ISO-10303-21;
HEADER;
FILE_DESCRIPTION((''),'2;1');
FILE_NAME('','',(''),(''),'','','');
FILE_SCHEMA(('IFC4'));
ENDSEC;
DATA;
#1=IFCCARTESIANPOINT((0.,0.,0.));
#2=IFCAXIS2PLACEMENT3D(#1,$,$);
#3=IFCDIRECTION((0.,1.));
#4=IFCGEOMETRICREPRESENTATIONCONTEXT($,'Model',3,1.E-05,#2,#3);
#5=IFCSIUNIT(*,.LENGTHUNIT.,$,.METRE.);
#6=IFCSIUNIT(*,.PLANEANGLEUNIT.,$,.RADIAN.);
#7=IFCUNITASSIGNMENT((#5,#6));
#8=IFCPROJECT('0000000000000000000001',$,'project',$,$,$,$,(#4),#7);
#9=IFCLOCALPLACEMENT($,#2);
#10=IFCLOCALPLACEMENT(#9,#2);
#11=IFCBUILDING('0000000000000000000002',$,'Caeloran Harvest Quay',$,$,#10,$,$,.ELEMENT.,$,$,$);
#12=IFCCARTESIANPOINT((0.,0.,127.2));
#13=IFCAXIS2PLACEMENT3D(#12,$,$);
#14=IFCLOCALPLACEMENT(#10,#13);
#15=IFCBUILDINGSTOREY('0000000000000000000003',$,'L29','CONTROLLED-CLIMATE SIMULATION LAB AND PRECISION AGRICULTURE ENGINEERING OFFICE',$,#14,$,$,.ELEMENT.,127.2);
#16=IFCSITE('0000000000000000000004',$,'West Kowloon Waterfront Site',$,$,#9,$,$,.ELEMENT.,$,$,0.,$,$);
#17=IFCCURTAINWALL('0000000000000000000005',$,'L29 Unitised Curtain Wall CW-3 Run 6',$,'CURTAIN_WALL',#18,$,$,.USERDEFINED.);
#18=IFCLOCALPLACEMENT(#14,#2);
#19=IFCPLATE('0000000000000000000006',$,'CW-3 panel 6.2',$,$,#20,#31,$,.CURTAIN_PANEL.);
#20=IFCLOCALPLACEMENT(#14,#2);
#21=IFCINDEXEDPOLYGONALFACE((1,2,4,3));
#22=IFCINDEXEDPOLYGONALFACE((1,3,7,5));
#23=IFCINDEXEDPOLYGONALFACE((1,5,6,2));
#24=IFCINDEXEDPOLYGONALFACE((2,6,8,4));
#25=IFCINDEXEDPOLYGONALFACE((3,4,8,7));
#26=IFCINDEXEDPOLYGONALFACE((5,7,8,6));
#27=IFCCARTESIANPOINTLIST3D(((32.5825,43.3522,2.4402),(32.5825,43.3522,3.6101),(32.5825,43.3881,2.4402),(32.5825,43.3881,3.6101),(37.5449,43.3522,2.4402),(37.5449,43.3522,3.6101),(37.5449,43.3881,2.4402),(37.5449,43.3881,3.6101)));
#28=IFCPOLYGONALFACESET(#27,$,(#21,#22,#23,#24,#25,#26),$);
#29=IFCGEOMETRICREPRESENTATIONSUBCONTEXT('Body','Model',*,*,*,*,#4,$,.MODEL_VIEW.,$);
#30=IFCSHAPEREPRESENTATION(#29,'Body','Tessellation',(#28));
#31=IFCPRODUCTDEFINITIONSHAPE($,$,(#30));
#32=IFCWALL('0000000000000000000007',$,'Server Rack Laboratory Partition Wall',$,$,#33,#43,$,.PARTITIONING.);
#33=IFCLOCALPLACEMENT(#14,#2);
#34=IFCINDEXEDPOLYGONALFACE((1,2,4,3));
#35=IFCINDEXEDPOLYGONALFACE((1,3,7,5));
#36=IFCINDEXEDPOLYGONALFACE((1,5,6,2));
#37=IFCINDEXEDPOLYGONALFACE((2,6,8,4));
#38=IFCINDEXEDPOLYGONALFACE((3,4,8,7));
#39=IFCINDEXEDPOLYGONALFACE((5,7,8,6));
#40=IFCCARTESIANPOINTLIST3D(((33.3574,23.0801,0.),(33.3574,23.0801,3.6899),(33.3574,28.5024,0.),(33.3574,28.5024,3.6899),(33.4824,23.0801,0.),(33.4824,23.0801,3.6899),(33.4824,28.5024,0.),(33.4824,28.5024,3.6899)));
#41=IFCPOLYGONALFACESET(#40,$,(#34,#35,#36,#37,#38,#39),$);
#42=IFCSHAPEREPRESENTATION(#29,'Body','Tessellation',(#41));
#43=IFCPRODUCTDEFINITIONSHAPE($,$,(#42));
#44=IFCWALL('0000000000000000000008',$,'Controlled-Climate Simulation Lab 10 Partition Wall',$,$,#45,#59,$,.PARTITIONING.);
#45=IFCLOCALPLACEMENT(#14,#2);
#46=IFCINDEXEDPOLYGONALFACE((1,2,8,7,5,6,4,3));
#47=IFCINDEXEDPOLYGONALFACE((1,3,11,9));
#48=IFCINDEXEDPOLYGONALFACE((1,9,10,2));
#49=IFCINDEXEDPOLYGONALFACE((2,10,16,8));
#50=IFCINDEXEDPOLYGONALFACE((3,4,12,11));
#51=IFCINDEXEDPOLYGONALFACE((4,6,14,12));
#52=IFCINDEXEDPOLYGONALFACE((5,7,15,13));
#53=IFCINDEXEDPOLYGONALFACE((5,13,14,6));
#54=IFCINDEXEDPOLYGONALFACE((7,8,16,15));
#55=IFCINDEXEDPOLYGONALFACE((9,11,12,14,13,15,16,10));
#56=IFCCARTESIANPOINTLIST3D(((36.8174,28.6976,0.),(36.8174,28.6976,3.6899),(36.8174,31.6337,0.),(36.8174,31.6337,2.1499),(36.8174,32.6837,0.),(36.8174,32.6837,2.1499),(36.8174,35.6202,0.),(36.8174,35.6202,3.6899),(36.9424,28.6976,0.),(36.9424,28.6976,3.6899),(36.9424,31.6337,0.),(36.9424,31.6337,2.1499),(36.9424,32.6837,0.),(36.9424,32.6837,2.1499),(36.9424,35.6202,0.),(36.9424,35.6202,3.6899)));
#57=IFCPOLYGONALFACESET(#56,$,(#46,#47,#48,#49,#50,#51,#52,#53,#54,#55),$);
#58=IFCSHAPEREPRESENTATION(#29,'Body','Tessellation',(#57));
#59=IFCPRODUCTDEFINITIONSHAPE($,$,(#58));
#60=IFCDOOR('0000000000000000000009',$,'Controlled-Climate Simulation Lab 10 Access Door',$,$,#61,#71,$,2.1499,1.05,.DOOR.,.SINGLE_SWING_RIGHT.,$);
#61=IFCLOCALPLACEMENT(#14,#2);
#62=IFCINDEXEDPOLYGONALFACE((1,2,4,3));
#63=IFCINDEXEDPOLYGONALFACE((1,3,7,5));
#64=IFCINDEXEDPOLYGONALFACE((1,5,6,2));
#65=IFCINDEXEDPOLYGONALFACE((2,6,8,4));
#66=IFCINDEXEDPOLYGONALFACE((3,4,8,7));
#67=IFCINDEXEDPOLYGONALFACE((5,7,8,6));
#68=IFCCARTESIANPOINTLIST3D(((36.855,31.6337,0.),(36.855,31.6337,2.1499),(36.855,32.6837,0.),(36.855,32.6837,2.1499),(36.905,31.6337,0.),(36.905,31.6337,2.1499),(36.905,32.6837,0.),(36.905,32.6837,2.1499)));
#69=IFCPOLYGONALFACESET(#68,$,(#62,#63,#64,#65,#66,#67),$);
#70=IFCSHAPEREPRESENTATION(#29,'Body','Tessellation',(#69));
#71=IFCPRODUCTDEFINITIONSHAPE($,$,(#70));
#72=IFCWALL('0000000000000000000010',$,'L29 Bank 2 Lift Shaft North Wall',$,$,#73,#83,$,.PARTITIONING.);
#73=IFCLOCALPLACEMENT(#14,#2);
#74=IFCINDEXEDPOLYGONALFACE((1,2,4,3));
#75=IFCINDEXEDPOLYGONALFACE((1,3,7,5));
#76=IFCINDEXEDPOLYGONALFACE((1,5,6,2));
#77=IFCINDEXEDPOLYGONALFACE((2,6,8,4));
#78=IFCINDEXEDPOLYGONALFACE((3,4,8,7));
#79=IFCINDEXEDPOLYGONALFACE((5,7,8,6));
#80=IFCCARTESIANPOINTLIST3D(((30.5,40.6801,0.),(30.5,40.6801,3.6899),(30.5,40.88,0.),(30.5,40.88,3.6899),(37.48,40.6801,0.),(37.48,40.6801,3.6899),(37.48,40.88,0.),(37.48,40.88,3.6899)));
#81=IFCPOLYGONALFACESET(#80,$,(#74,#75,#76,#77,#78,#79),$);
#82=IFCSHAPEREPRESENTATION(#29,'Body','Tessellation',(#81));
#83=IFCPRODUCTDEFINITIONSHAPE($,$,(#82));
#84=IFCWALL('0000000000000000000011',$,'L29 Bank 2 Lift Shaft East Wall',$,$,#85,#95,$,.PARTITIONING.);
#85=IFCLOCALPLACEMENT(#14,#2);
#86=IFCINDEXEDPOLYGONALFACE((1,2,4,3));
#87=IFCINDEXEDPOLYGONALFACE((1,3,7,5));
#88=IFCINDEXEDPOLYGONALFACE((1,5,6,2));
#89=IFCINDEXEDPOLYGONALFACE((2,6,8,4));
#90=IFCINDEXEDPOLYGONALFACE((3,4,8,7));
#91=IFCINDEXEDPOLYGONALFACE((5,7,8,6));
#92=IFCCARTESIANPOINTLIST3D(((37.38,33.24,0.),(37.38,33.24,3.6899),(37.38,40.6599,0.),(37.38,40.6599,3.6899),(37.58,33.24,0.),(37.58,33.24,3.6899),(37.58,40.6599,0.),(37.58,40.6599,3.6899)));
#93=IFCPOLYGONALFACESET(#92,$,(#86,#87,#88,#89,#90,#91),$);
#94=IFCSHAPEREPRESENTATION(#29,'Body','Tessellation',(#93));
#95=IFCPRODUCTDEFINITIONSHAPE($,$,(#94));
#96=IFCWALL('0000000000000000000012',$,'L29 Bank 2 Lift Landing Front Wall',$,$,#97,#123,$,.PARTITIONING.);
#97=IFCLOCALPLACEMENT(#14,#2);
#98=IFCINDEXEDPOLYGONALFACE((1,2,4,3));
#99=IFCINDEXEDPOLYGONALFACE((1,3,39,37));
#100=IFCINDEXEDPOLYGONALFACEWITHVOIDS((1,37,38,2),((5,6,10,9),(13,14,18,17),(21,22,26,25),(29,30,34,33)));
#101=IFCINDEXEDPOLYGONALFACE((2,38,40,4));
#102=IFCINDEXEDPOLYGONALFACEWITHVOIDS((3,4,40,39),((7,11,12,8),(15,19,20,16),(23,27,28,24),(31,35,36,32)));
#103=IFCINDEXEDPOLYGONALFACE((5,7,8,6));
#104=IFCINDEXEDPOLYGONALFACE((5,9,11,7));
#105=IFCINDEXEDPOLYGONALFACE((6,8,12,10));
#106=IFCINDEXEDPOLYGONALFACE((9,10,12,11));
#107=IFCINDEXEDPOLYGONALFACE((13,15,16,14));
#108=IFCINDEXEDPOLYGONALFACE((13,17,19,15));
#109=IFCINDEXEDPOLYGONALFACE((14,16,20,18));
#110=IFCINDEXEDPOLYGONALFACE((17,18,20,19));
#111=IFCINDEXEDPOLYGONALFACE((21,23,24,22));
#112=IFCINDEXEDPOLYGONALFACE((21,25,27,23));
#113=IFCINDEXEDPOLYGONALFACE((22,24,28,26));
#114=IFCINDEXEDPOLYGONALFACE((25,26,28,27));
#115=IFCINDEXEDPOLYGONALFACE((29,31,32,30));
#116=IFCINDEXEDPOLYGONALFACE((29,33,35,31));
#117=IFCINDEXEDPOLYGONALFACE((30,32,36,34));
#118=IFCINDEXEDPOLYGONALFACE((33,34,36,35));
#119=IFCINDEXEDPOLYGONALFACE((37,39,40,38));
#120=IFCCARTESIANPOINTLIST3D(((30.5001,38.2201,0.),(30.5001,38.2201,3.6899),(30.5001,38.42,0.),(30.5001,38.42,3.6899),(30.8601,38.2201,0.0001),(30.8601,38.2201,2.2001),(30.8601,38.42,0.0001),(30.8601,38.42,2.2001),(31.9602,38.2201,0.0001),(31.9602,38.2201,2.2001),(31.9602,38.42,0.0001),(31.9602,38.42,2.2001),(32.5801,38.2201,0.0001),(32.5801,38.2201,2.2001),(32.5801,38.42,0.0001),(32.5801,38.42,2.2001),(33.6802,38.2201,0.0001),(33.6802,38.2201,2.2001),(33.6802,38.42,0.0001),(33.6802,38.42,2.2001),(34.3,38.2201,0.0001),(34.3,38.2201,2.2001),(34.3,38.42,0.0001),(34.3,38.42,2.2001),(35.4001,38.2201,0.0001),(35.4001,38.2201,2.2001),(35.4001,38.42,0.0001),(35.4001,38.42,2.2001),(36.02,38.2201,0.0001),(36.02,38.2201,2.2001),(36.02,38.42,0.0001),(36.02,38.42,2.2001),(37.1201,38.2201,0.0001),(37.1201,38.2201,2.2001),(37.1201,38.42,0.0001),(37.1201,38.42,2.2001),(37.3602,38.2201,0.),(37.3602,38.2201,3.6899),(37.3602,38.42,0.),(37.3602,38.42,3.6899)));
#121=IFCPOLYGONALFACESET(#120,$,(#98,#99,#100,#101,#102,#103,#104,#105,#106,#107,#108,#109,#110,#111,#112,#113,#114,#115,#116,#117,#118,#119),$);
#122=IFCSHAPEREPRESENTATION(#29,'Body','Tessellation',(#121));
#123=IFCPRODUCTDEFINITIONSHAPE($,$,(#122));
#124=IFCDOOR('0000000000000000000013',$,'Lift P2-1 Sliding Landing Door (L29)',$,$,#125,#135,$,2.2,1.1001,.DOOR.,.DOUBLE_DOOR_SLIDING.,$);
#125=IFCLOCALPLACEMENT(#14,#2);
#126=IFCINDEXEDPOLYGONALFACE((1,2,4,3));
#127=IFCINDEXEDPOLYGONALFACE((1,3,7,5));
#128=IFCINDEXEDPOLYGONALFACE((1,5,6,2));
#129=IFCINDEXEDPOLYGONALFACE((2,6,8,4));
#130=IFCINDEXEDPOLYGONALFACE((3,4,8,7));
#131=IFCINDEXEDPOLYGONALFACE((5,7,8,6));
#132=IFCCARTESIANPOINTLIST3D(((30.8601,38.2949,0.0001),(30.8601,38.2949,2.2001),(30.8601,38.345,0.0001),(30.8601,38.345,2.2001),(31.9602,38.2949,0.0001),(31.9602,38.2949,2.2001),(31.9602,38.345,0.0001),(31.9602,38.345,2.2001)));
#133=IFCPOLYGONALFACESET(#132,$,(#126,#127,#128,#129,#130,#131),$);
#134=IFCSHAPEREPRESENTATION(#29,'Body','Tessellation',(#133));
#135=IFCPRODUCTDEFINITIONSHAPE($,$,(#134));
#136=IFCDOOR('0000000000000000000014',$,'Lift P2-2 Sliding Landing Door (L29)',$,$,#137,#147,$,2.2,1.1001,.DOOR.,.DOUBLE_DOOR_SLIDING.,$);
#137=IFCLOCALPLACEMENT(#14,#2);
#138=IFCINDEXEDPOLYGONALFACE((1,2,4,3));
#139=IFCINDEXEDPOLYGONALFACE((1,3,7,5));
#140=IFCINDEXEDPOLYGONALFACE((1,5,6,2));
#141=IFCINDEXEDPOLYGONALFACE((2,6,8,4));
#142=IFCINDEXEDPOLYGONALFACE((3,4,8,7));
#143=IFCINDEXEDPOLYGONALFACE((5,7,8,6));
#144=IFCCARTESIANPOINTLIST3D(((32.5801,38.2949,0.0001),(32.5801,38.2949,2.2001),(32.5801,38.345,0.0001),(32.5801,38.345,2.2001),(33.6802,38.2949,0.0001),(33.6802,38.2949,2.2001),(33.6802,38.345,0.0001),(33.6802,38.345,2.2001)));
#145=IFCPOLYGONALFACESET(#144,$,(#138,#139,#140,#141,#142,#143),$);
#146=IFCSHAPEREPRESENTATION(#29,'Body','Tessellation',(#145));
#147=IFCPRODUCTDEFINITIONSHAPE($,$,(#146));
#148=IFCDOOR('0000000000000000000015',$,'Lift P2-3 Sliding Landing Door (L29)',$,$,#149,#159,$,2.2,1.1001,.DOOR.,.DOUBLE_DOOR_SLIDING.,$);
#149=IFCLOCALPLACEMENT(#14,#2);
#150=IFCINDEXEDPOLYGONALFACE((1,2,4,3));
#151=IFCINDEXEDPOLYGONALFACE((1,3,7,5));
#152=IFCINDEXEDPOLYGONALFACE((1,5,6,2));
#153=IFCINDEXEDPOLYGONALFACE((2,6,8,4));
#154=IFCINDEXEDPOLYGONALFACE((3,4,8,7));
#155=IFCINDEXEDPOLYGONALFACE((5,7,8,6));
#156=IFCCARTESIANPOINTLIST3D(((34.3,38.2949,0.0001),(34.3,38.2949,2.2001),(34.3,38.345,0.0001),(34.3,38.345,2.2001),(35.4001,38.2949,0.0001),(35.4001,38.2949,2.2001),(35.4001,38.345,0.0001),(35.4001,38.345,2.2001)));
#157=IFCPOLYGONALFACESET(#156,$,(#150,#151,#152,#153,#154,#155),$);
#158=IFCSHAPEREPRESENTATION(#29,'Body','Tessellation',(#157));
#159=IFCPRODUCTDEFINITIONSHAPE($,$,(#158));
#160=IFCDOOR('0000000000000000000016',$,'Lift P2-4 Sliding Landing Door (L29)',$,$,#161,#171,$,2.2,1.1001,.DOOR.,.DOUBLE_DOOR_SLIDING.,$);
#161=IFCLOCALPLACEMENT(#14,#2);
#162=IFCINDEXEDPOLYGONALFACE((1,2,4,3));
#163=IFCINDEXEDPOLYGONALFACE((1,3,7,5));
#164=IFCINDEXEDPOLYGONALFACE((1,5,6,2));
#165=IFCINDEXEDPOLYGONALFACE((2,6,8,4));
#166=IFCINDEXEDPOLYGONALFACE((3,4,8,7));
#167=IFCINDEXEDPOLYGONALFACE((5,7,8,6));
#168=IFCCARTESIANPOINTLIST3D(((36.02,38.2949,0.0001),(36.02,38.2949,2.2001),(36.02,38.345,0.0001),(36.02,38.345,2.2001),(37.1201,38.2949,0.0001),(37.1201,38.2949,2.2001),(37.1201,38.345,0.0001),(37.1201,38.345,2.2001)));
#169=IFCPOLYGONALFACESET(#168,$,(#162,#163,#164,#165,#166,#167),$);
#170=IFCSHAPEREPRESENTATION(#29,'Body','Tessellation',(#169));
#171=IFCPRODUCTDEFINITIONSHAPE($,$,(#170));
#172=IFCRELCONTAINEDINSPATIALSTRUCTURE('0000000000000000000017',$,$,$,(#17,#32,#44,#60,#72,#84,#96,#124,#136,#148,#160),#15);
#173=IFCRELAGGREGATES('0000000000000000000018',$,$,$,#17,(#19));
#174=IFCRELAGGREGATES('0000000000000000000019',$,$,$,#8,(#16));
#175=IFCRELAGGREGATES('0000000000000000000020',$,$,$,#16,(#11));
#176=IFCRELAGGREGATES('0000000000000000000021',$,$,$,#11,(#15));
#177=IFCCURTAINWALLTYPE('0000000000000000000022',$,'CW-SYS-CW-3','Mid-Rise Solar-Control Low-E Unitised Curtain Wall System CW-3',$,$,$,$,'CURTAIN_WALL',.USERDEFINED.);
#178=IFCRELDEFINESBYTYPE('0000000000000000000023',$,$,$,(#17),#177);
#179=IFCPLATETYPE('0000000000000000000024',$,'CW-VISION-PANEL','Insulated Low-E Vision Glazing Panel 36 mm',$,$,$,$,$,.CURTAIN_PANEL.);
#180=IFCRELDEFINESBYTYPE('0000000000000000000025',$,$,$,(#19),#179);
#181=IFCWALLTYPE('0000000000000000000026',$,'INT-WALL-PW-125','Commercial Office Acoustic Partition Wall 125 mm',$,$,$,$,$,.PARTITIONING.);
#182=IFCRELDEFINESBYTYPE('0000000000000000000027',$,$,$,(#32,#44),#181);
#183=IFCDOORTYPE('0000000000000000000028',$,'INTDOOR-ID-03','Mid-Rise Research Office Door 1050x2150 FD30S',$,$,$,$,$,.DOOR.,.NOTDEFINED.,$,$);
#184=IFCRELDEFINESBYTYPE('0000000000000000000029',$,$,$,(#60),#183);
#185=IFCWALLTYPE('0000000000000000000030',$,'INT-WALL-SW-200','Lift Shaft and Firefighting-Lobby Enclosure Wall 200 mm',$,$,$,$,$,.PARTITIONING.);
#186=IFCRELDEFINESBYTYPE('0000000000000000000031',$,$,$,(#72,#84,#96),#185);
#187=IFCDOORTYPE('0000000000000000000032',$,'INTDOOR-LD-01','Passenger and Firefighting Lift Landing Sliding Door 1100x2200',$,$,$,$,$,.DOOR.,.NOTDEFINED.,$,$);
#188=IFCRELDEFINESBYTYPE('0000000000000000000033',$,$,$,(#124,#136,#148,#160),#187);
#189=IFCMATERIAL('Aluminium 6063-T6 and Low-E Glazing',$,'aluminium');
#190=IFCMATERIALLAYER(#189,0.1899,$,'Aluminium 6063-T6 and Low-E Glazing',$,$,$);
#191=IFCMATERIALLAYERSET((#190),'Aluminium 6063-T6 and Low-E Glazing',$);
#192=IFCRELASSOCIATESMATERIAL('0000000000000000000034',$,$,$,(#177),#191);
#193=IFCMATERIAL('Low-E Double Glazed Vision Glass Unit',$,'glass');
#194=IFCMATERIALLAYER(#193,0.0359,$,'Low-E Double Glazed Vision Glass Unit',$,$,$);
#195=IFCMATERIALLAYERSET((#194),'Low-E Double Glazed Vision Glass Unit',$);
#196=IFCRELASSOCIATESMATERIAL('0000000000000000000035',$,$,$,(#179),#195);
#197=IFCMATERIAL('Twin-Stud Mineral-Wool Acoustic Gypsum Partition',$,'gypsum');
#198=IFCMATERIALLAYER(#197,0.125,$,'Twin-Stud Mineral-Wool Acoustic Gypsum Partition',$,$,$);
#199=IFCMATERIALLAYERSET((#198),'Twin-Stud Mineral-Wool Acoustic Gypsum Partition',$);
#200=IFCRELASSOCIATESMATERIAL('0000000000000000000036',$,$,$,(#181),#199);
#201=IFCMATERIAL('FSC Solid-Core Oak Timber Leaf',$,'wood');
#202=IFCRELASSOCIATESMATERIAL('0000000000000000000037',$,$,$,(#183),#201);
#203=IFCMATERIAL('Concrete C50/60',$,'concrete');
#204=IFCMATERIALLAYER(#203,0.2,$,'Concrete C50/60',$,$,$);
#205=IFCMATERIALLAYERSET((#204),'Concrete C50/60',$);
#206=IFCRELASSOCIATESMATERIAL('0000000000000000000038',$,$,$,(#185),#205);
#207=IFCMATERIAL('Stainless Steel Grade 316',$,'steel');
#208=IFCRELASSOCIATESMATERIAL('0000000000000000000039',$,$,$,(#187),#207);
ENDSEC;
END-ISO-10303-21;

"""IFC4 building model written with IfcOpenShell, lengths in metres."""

from ifc_helpers import new_model, si_unit, direction, frame, frame_2d, origin, origin_2d, place, context, subcontext, project, spatial, rectangle, extrude, material, layer, layer_set, type_object, element, fill, aggregate, save


model = new_model("IFC4")

# Units and contexts
model_context = context("Model", 3, precision=1e-05, world=origin(), true_north=direction((0.0, 1.0)))
body_context = subcontext(model_context, "Body", "Model", "MODEL_VIEW")
ifc_project = project(units=[si_unit("LENGTHUNIT", "METRE"), si_unit("PLANEANGLEUNIT", "RADIAN")], contexts=[model_context])

# Site, building, storey
site_placement = place(None, origin())
site = spatial("IfcSite", under=ifc_project, at=site_placement, Name="West Kowloon Waterfront Site", CompositionType="ELEMENT", RefElevation=0.0)
building_placement = place(site_placement, origin())
building = spatial("IfcBuilding", under=site, at=building_placement, Name="Caeloran Harvest Quay", CompositionType="ELEMENT")
storey_placement = place(building_placement, frame((0.0, 0.0, 127.2)))
storey = spatial("IfcBuildingStorey", under=building, at=storey_placement, Name="L29", Description="CONTROLLED-CLIMATE SIMULATION LAB AND PRECISION AGRICULTURE ENGINEERING OFFICE", CompositionType="ELEMENT", Elevation=127.2)

# Curtain wall, plate
ifc_material_1 = material(Name="Aluminium 6063-T6 and Low-E Glazing", Category="aluminium")
ifc_layer_1 = layer(ifc_material_1, 0.1899, Name="Aluminium 6063-T6 and Low-E Glazing")
ifc_layer_set_1 = layer_set([ifc_layer_1], Name="Aluminium 6063-T6 and Low-E Glazing")
curtain_wall_type = type_object("IfcCurtainWallType", Name="CW-SYS-CW-3", Description="Mid-Rise Solar-Control Low-E Unitised Curtain Wall System CW-3", ElementType="CURTAIN_WALL", PredefinedType="USERDEFINED", material=ifc_layer_set_1)
curtain_wall_placement = place(storey_placement, origin())
curtain_wall = element("IfcCurtainWall", 1, at=curtain_wall_placement, inside=storey, type_object=curtain_wall_type, Name="L29 Unitised Curtain Wall CW-3 Run 6", ObjectType="CURTAIN_WALL", PredefinedType="USERDEFINED")
ifc_material_2 = material(Name="Low-E Double Glazed Vision Glass Unit", Category="glass")
ifc_layer_2 = layer(ifc_material_2, 0.0359, Name="Low-E Double Glazed Vision Glass Unit")
ifc_layer_set_2 = layer_set([ifc_layer_2], Name="Low-E Double Glazed Vision Glass Unit")
plate_type = type_object("IfcPlateType", Name="CW-VISION-PANEL", Description="Insulated Low-E Vision Glazing Panel 36 mm", PredefinedType="CURTAIN_PANEL", material=ifc_layer_set_2)
plate_1_placement = place(storey_placement, frame((35.0637, 43.3701, 2.4402), z_axis=(0.0, 0.0, 1.0), x_axis=(1.0, 0.0, 0.0)))
plate_1 = element("IfcPlate", 2, at=plate_1_placement, type_object=plate_type, Name="CW-3 panel 6.2", PredefinedType="CURTAIN_PANEL", context=body_context, shape_type="SweptSolid", body=[
    extrude(rectangle(XDim=4.9624, YDim=0.0359, at=origin_2d()), origin(), (0.0, 0.0, 1.0), 1.1699),
])
aggregate(curtain_wall, [plate_1])

# Wall
ifc_material_3 = material(Name="Twin-Stud Mineral-Wool Acoustic Gypsum Partition", Category="gypsum")
ifc_layer_3 = layer(ifc_material_3, 0.125, Name="Twin-Stud Mineral-Wool Acoustic Gypsum Partition")
ifc_layer_set_3 = layer_set([ifc_layer_3], Name="Twin-Stud Mineral-Wool Acoustic Gypsum Partition")
wall_type_1 = type_object("IfcWallType", Name="INT-WALL-PW-125", Description="Commercial Office Acoustic Partition Wall 125 mm", PredefinedType="PARTITIONING", material=ifc_layer_set_3)
wall_1_placement = place(storey_placement, frame((33.4199, 28.5024, 0.0), z_axis=(0.0, 0.0, 1.0), x_axis=(0.0, -1.0, 0.0)))
element("IfcWall", 3, at=wall_1_placement, inside=storey, type_object=wall_type_1, Name="Server Rack Laboratory Partition Wall", PredefinedType="PARTITIONING", context=body_context, shape_type="SweptSolid", body=[
    extrude(rectangle(XDim=5.4224, YDim=0.125, at=frame_2d((2.7112, 0.0))), origin(), (0.0, 0.0, 1.0), 3.6899),
])

# Wall, opening, door
wall_2_placement = place(storey_placement, frame((36.8799, 28.6975, 0.0), z_axis=(0.0, 0.0, 1.0), x_axis=(0.0, 1.0, 0.0)))
wall_2 = element("IfcWall", 4, at=wall_2_placement, inside=storey, type_object=wall_type_1, Name="Controlled-Climate Simulation Lab 10 Partition Wall", PredefinedType="PARTITIONING", context=body_context, shape_type="SweptSolid", body=[
    extrude(rectangle(XDim=6.9226, YDim=0.125, at=frame_2d((3.4614, 0.0))), origin(), (0.0, 0.0, 1.0), 3.6899),
])
opening_1_placement = place(wall_2_placement, frame((2.9363, 0.0, 0.0)))
opening_1 = element("IfcOpeningElement", 5, at=opening_1_placement, cuts=wall_2, PredefinedType="OPENING", context=body_context, shape_type="SweptSolid", body=[
    extrude(rectangle(XDim=1.05, YDim=2.1499, at=frame_2d((0.5249, 1.075))), frame((0.0, 0.0725, 0.0), z_axis=(0.0, -1.0, 0.0), x_axis=(1.0, 0.0, 0.0)), (0.0, 0.0, 1.0), 0.145),
])
ifc_material_4 = material(Name="FSC Solid-Core Oak Timber Leaf", Category="wood")
door_type_1 = type_object("IfcDoorType", Name="INTDOOR-ID-03", Description="Mid-Rise Research Office Door 1050x2150 FD30S", OperationType="NOTDEFINED", PredefinedType="DOOR", material=ifc_material_4)
door_1_placement = place(opening_1_placement, origin())
door_1 = element("IfcDoor", 6, at=door_1_placement, inside=storey, type_object=door_type_1, Name="Controlled-Climate Simulation Lab 10 Access Door", OperationType="SINGLE_SWING_RIGHT", OverallHeight=2.1499, OverallWidth=1.05, PredefinedType="DOOR", context=body_context, shape_type="SweptSolid", body=[
    extrude(rectangle(XDim=1.05, YDim=2.1499, at=frame_2d((0.5249, 1.075))), frame((0.0, 0.0249, 0.0), z_axis=(0.0, -1.0, 0.0), x_axis=(1.0, 0.0, 0.0)), (0.0, 0.0, 1.0), 0.05),
])
fill(opening_1, door_1)

# Walls
ifc_material_5 = material(Name="Concrete C50/60", Category="concrete")
ifc_layer_4 = layer(ifc_material_5, 0.2, Name="Concrete C50/60")
ifc_layer_set_4 = layer_set([ifc_layer_4], Name="Concrete C50/60")
wall_type_2 = type_object("IfcWallType", Name="INT-WALL-SW-200", Description="Lift Shaft and Firefighting-Lobby Enclosure Wall 200 mm", PredefinedType="PARTITIONING", material=ifc_layer_set_4)
wall_3_placement = place(storey_placement, frame((30.5, 40.78, 0.0), z_axis=(0.0, 0.0, 1.0), x_axis=(1.0, 0.0, 0.0)))
element("IfcWall", 7, at=wall_3_placement, inside=storey, type_object=wall_type_2, Name="L29 Bank 2 Lift Shaft North Wall", PredefinedType="PARTITIONING", context=body_context, shape_type="SweptSolid", body=[
    extrude(rectangle(XDim=6.98, YDim=0.2, at=frame_2d((3.49, 0.0))), origin(), (0.0, 0.0, 1.0), 3.6899),
])
wall_4_placement = place(storey_placement, frame((37.48, 33.24, 0.0), z_axis=(0.0, 0.0, 1.0), x_axis=(0.0, 1.0, 0.0)))
element("IfcWall", 8, at=wall_4_placement, inside=storey, type_object=wall_type_2, Name="L29 Bank 2 Lift Shaft East Wall", PredefinedType="PARTITIONING", context=body_context, shape_type="SweptSolid", body=[
    extrude(rectangle(XDim=7.4199, YDim=0.2, at=frame_2d((3.71, 0.0))), origin(), (0.0, 0.0, 1.0), 3.6899),
])

# Wall, openings, doors
wall_5_placement = place(storey_placement, frame((30.5, 38.3201, 0.0), z_axis=(0.0, 0.0, 1.0), x_axis=(1.0, 0.0, 0.0)))
wall_5 = element("IfcWall", 9, at=wall_5_placement, inside=storey, type_object=wall_type_2, Name="L29 Bank 2 Lift Landing Front Wall", PredefinedType="PARTITIONING", context=body_context, shape_type="SweptSolid", body=[
    extrude(rectangle(XDim=6.8601, YDim=0.2, at=frame_2d((3.4302, 0.0))), origin(), (0.0, 0.0, 1.0), 3.6899),
])
opening_2_placement = place(wall_5_placement, frame((0.3601, 0.0, 0.0)))
opening_2 = element("IfcOpeningElement", 10, at=opening_2_placement, cuts=wall_5, PredefinedType="OPENING", context=body_context, shape_type="SweptSolid", body=[
    extrude(rectangle(XDim=1.1001, YDim=2.2, at=frame_2d((0.55, 1.1001))), frame((0.0, 0.1099, 0.0), z_axis=(0.0, -1.0, 0.0), x_axis=(1.0, 0.0, 0.0)), (0.0, 0.0, 1.0), 0.22),
])
opening_3_placement = place(wall_5_placement, frame((2.0801, 0.0, 0.0)))
opening_3 = element("IfcOpeningElement", 11, at=opening_3_placement, cuts=wall_5, PredefinedType="OPENING", context=body_context, shape_type="SweptSolid", body=[
    extrude(rectangle(XDim=1.1001, YDim=2.2, at=frame_2d((0.55, 1.1001))), frame((0.0, 0.1099, 0.0), z_axis=(0.0, -1.0, 0.0), x_axis=(1.0, 0.0, 0.0)), (0.0, 0.0, 1.0), 0.22),
])
opening_4_placement = place(wall_5_placement, frame((3.8, 0.0, 0.0)))
opening_4 = element("IfcOpeningElement", 12, at=opening_4_placement, cuts=wall_5, PredefinedType="OPENING", context=body_context, shape_type="SweptSolid", body=[
    extrude(rectangle(XDim=1.1001, YDim=2.2, at=frame_2d((0.55, 1.1001))), frame((0.0, 0.1099, 0.0), z_axis=(0.0, -1.0, 0.0), x_axis=(1.0, 0.0, 0.0)), (0.0, 0.0, 1.0), 0.22),
])
opening_5_placement = place(wall_5_placement, frame((5.52, 0.0, 0.0)))
opening_5 = element("IfcOpeningElement", 13, at=opening_5_placement, cuts=wall_5, PredefinedType="OPENING", context=body_context, shape_type="SweptSolid", body=[
    extrude(rectangle(XDim=1.1001, YDim=2.2, at=frame_2d((0.55, 1.1001))), frame((0.0, 0.1099, 0.0), z_axis=(0.0, -1.0, 0.0), x_axis=(1.0, 0.0, 0.0)), (0.0, 0.0, 1.0), 0.22),
])
ifc_material_6 = material(Name="Stainless Steel Grade 316", Category="steel")
door_type_2 = type_object("IfcDoorType", Name="INTDOOR-LD-01", Description="Passenger and Firefighting Lift Landing Sliding Door 1100x2200", OperationType="NOTDEFINED", PredefinedType="DOOR", material=ifc_material_6)
door_2_placement = place(opening_2_placement, origin())
door_2 = element("IfcDoor", 14, at=door_2_placement, inside=storey, type_object=door_type_2, Name="Lift P2-1 Sliding Landing Door (L29)", OperationType="DOUBLE_DOOR_SLIDING", OverallHeight=2.2, OverallWidth=1.1001, PredefinedType="DOOR", context=body_context, shape_type="SweptSolid", body=[
    extrude(rectangle(XDim=1.1001, YDim=2.2, at=frame_2d((0.55, 1.1001))), frame((0.0, 0.0249, 0.0), z_axis=(0.0, -1.0, 0.0), x_axis=(1.0, 0.0, 0.0)), (0.0, 0.0, 1.0), 0.05),
])
fill(opening_2, door_2)
door_3_placement = place(opening_3_placement, origin())
door_3 = element("IfcDoor", 15, at=door_3_placement, inside=storey, type_object=door_type_2, Name="Lift P2-2 Sliding Landing Door (L29)", OperationType="DOUBLE_DOOR_SLIDING", OverallHeight=2.2, OverallWidth=1.1001, PredefinedType="DOOR", context=body_context, shape_type="SweptSolid", body=[
    extrude(rectangle(XDim=1.1001, YDim=2.2, at=frame_2d((0.55, 1.1001))), frame((0.0, 0.0249, 0.0), z_axis=(0.0, -1.0, 0.0), x_axis=(1.0, 0.0, 0.0)), (0.0, 0.0, 1.0), 0.05),
])
fill(opening_3, door_3)
door_4_placement = place(opening_4_placement, origin())
door_4 = element("IfcDoor", 16, at=door_4_placement, inside=storey, type_object=door_type_2, Name="Lift P2-3 Sliding Landing Door (L29)", OperationType="DOUBLE_DOOR_SLIDING", OverallHeight=2.2, OverallWidth=1.1001, PredefinedType="DOOR", context=body_context, shape_type="SweptSolid", body=[
    extrude(rectangle(XDim=1.1001, YDim=2.2, at=frame_2d((0.55, 1.1001))), frame((0.0, 0.0249, 0.0), z_axis=(0.0, -1.0, 0.0), x_axis=(1.0, 0.0, 0.0)), (0.0, 0.0, 1.0), 0.05),
])
fill(opening_4, door_4)
door_5_placement = place(opening_5_placement, origin())
door_5 = element("IfcDoor", 17, at=door_5_placement, inside=storey, type_object=door_type_2, Name="Lift P2-4 Sliding Landing Door (L29)", OperationType="DOUBLE_DOOR_SLIDING", OverallHeight=2.2, OverallWidth=1.1001, PredefinedType="DOOR", context=body_context, shape_type="SweptSolid", body=[
    extrude(rectangle(XDim=1.1001, YDim=2.2, at=frame_2d((0.55, 1.1001))), frame((0.0, 0.0249, 0.0), z_axis=(0.0, -1.0, 0.0), x_axis=(1.0, 0.0, 0.0)), (0.0, 0.0, 1.0), 0.05),
])
fill(opening_5, door_5)

save(model, "model.ifc")
